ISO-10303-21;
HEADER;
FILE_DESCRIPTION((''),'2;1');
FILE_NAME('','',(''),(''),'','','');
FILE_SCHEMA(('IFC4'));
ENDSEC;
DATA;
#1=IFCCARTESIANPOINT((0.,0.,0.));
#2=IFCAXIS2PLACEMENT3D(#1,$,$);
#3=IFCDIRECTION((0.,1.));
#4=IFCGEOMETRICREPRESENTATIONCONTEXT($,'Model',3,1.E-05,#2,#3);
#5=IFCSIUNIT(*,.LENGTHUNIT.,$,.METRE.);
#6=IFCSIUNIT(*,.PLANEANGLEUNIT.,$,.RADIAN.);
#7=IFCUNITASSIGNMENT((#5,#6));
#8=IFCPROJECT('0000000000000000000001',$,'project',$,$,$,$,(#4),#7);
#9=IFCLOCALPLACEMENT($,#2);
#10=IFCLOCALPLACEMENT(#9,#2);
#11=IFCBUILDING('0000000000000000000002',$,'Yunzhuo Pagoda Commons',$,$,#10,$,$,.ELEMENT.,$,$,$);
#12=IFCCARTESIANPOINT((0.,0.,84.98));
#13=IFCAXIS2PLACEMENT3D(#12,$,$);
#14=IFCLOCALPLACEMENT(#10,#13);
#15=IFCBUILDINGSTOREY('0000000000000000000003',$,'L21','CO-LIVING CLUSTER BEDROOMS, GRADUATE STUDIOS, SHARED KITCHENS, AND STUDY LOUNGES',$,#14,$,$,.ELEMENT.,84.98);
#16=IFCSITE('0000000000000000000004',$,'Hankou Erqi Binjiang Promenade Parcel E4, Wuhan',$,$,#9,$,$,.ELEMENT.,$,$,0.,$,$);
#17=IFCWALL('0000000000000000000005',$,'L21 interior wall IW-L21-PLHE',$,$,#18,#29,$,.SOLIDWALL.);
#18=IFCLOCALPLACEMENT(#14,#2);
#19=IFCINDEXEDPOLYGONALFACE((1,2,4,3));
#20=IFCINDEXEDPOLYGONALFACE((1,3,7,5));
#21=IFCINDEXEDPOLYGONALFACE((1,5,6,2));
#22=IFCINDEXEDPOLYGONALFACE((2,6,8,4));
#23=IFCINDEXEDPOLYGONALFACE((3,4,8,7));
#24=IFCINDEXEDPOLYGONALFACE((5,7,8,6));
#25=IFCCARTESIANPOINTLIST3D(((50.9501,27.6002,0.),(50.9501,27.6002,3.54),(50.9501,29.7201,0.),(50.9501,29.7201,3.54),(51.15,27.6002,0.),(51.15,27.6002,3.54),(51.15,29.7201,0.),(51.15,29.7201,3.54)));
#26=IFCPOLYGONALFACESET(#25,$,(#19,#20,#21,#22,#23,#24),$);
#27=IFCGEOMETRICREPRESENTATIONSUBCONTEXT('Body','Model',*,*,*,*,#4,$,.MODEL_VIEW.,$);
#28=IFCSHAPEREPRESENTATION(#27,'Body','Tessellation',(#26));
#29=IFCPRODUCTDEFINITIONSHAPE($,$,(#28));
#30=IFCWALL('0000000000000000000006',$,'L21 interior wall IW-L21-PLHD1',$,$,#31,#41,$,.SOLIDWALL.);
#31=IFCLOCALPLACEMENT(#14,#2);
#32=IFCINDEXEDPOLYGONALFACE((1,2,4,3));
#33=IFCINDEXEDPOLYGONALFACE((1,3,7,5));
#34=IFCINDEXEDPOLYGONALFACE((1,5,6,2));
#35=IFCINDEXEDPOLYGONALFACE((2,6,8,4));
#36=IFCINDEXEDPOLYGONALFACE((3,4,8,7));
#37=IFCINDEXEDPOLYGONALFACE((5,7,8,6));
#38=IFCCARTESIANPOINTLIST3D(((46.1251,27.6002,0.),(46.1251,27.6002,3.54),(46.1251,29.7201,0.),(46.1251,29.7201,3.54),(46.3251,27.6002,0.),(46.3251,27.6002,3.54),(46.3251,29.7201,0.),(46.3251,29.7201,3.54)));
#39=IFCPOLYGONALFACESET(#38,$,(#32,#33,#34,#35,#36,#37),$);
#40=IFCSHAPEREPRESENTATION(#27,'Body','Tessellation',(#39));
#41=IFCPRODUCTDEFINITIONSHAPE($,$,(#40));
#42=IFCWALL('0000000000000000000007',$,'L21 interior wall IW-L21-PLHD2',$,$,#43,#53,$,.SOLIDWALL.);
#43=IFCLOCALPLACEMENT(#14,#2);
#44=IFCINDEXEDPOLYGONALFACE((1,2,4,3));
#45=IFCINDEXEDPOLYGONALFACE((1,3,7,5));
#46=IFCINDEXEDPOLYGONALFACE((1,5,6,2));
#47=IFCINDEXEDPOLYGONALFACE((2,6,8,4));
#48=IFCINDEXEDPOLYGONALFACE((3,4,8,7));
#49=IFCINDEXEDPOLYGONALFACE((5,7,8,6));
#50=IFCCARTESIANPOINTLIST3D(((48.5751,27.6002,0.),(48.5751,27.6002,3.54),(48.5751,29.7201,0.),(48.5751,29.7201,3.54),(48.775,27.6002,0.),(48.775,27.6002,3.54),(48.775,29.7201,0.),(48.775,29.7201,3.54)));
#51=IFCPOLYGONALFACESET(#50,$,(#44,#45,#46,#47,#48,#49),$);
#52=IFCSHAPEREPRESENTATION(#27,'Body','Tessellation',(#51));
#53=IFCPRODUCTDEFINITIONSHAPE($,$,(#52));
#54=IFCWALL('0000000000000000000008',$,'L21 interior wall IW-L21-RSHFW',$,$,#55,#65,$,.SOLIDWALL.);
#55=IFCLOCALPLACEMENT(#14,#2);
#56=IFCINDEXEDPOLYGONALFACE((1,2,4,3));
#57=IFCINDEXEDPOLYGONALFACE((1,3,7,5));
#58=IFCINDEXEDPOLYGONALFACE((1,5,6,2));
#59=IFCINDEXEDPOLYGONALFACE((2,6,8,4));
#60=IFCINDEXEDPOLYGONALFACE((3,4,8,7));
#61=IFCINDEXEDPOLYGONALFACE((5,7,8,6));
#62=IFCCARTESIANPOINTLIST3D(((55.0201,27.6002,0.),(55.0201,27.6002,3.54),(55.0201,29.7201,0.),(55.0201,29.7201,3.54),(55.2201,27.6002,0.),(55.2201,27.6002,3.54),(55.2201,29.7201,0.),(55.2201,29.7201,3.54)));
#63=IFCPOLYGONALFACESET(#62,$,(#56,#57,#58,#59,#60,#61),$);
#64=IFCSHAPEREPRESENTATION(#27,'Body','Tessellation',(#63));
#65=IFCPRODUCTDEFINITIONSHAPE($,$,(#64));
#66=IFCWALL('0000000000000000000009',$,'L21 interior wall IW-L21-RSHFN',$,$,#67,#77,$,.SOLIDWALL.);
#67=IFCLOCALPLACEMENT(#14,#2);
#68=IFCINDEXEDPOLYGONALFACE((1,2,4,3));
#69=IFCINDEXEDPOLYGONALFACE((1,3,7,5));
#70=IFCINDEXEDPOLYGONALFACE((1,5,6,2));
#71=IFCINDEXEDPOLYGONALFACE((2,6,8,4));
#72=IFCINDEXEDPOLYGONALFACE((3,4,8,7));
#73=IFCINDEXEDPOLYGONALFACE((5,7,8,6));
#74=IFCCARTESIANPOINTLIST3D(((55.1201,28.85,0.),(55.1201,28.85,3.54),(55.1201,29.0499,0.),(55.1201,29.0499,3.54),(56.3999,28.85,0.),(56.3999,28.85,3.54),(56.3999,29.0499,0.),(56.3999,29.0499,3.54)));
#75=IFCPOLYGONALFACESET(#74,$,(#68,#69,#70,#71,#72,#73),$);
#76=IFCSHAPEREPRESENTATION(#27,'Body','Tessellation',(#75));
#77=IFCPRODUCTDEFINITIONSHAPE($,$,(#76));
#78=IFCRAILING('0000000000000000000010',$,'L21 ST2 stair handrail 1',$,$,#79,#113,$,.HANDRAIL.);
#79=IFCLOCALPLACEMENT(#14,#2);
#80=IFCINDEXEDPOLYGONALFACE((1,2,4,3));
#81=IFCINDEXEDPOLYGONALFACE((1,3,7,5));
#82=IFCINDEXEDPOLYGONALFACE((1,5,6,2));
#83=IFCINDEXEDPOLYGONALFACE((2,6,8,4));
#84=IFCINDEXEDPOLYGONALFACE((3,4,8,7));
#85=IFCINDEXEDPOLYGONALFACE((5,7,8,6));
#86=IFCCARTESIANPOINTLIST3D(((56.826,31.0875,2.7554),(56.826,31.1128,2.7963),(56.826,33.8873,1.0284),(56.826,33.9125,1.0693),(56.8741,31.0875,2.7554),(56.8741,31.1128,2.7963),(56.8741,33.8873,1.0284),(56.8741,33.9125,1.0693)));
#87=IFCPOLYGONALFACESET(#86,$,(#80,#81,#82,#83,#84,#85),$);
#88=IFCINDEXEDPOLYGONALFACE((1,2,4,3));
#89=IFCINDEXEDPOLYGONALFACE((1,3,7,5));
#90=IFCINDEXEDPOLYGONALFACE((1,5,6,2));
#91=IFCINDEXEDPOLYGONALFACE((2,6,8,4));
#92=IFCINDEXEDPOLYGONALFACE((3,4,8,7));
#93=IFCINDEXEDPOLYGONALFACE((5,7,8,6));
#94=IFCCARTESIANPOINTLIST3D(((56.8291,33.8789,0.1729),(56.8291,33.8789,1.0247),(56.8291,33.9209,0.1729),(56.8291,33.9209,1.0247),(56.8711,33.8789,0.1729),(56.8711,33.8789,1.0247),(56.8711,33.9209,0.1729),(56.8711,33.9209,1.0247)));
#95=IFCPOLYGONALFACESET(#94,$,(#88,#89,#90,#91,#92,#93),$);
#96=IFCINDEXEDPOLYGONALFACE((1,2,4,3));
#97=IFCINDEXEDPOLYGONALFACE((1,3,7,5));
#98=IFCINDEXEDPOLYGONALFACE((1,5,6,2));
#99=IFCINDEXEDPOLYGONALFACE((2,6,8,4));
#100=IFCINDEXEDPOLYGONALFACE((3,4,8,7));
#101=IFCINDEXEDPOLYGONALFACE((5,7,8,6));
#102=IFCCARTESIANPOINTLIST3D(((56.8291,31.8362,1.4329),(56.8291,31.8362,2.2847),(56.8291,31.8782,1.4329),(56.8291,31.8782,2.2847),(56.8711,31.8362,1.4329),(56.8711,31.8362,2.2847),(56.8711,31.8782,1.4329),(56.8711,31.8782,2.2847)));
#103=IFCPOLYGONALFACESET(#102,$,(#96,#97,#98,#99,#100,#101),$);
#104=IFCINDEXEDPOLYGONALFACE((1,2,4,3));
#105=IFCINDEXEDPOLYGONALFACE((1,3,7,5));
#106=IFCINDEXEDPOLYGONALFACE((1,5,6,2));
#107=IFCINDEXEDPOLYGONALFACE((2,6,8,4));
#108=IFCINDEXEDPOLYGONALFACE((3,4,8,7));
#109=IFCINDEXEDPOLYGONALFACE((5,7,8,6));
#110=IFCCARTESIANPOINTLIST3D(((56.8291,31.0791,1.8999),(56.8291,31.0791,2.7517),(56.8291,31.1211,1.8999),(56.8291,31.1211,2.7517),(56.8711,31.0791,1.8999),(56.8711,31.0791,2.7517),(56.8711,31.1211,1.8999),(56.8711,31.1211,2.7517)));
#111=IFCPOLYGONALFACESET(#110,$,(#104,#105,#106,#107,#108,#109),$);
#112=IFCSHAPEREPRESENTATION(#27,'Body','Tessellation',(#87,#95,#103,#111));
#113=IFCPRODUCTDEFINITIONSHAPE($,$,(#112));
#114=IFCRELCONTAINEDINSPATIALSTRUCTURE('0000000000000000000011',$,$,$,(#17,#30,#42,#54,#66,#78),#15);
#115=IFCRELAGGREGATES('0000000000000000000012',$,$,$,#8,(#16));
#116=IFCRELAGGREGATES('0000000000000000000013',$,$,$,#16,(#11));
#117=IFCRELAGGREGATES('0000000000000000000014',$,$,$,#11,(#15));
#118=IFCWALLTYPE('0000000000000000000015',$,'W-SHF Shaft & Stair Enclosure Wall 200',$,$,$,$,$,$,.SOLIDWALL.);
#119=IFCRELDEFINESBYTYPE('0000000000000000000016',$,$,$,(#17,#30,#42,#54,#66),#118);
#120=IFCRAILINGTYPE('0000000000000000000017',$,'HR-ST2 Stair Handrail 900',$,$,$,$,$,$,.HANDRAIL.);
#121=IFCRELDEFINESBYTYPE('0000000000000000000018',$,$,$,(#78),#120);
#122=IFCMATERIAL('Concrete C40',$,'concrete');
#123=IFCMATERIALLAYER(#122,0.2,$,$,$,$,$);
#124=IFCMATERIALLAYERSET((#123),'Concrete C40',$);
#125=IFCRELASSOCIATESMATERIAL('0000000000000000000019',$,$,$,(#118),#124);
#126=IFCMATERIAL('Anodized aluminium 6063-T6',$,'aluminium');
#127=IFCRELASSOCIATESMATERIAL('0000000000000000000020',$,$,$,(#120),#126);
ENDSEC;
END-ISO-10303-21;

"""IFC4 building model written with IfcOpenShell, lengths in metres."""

from ifc_helpers import new_model, si_unit, direction, frame, frame_2d, origin, origin_2d, place, context, subcontext, project, spatial, rectangle, extrude, material, layer, layer_set, type_object, element, save


model = new_model("IFC4")

# Units and contexts
model_context = context("Model", 3, precision=1e-05, world=origin(), true_north=direction((0.0, 1.0)))
body_context = subcontext(model_context, "Body", "Model", "MODEL_VIEW")
ifc_project = project(units=[si_unit("LENGTHUNIT", "METRE"), si_unit("PLANEANGLEUNIT", "RADIAN")], contexts=[model_context])

# Site, building, storey
site_placement = place(None, origin())
site = spatial("IfcSite", under=ifc_project, at=site_placement, Name="Hankou Erqi Binjiang Promenade Parcel E4, Wuhan", CompositionType="ELEMENT", RefElevation=0.0)
building_placement = place(site_placement, origin())
building = spatial("IfcBuilding", under=site, at=building_placement, Name="Yunzhuo Pagoda Commons", CompositionType="ELEMENT")
storey_placement = place(building_placement, frame((0.0, 0.0, 84.98)))
storey = spatial("IfcBuildingStorey", under=building, at=storey_placement, Name="L21", Description="CO-LIVING CLUSTER BEDROOMS, GRADUATE STUDIOS, SHARED KITCHENS, AND STUDY LOUNGES", CompositionType="ELEMENT", Elevation=84.98)

# Shared definitions
ifc_material_1 = material(Name="Concrete C40", Category="concrete")
ifc_layer_1 = layer(ifc_material_1, 0.2)
ifc_layer_set_1 = layer_set([ifc_layer_1], Name="Concrete C40")
wall_type_1 = type_object("IfcWallType", Name="W-SHF Shaft & Stair Enclosure Wall 200", PredefinedType="SOLIDWALL", material=ifc_layer_set_1)

# Walls
for number, where, z_axis, x_axis, name in (
    (1, (51.05, 27.6001, 0.0), (0.0, 0.0, 1.0), (0.0, 1.0, 0.0), "L21 interior wall IW-L21-PLHE"),
    (2, (46.2251, 27.6001, 0.0), (0.0, 0.0, 1.0), (0.0, 1.0, 0.0), "L21 interior wall IW-L21-PLHD1"),
    (3, (48.675, 27.6001, 0.0), (0.0, 0.0, 1.0), (0.0, 1.0, 0.0), "L21 interior wall IW-L21-PLHD2"),
    (4, (55.1201, 27.6001, 0.0), (0.0, 0.0, 1.0), (0.0, 1.0, 0.0), "L21 interior wall IW-L21-RSHFW"),
):
    element("IfcWall", number, at=place(storey_placement, frame(where, z_axis=z_axis, x_axis=x_axis)), inside=storey, type_object=wall_type_1, Name=name, PredefinedType="SOLIDWALL", context=body_context, shape_type="SweptSolid", body=[
        extrude(rectangle(XDim=2.1199, YDim=0.2, at=frame_2d((1.0601, 0.0))), origin(), (0.0, 0.0, 1.0), 3.54),
    ])
wall_1_placement = place(storey_placement, frame((55.1201, 28.95, 0.0), z_axis=(0.0, 0.0, 1.0), x_axis=(1.0, 0.0, 0.0)))
element("IfcWall", 5, at=wall_1_placement, inside=storey, type_object=wall_type_1, Name="L21 interior wall IW-L21-RSHFN", PredefinedType="SOLIDWALL", context=body_context, shape_type="SweptSolid", body=[
    extrude(rectangle(XDim=1.2798, YDim=0.2, at=frame_2d((0.6399, 0.0))), origin(), (0.0, 0.0, 1.0), 3.54),
])

# Railing
ifc_material_2 = material(Name="Anodized aluminium 6063-T6", Category="aluminium")
railing_type = type_object("IfcRailingType", Name="HR-ST2 Stair Handrail 900", PredefinedType="HANDRAIL", material=ifc_material_2)
railing_placement = place(storey_placement, frame((56.8501, 33.8999, 0.1729)))
element("IfcRailing", 6, at=railing_placement, inside=storey, type_object=railing_type, Name="L21 ST2 stair handrail 1", PredefinedType="HANDRAIL", context=body_context, shape_type="SweptSolid", body=[
    extrude(rectangle(XDim=0.0481, YDim=0.0481, at=origin_2d()), frame((0.0, 0.0, 0.876), z_axis=(0.0, -0.851102, 0.525), x_axis=(1.0, 0.0, 0.0)), (0.0, 0.0, 1.0), 3.2896),
    extrude(rectangle(XDim=0.042, YDim=0.042, at=origin_2d()), origin(), (0.0, 0.0, 1.0), 0.8518),
    extrude(rectangle(XDim=0.042, YDim=0.042, at=origin_2d()), frame((0.0, -2.0427, 1.26)), (0.0, 0.0, 1.0), 0.8518),
    extrude(rectangle(XDim=0.042, YDim=0.042, at=origin_2d()), frame((0.0, -2.7998, 1.7271)), (0.0, 0.0, 1.0), 0.8518),
])

save(model, "model.ifc")
